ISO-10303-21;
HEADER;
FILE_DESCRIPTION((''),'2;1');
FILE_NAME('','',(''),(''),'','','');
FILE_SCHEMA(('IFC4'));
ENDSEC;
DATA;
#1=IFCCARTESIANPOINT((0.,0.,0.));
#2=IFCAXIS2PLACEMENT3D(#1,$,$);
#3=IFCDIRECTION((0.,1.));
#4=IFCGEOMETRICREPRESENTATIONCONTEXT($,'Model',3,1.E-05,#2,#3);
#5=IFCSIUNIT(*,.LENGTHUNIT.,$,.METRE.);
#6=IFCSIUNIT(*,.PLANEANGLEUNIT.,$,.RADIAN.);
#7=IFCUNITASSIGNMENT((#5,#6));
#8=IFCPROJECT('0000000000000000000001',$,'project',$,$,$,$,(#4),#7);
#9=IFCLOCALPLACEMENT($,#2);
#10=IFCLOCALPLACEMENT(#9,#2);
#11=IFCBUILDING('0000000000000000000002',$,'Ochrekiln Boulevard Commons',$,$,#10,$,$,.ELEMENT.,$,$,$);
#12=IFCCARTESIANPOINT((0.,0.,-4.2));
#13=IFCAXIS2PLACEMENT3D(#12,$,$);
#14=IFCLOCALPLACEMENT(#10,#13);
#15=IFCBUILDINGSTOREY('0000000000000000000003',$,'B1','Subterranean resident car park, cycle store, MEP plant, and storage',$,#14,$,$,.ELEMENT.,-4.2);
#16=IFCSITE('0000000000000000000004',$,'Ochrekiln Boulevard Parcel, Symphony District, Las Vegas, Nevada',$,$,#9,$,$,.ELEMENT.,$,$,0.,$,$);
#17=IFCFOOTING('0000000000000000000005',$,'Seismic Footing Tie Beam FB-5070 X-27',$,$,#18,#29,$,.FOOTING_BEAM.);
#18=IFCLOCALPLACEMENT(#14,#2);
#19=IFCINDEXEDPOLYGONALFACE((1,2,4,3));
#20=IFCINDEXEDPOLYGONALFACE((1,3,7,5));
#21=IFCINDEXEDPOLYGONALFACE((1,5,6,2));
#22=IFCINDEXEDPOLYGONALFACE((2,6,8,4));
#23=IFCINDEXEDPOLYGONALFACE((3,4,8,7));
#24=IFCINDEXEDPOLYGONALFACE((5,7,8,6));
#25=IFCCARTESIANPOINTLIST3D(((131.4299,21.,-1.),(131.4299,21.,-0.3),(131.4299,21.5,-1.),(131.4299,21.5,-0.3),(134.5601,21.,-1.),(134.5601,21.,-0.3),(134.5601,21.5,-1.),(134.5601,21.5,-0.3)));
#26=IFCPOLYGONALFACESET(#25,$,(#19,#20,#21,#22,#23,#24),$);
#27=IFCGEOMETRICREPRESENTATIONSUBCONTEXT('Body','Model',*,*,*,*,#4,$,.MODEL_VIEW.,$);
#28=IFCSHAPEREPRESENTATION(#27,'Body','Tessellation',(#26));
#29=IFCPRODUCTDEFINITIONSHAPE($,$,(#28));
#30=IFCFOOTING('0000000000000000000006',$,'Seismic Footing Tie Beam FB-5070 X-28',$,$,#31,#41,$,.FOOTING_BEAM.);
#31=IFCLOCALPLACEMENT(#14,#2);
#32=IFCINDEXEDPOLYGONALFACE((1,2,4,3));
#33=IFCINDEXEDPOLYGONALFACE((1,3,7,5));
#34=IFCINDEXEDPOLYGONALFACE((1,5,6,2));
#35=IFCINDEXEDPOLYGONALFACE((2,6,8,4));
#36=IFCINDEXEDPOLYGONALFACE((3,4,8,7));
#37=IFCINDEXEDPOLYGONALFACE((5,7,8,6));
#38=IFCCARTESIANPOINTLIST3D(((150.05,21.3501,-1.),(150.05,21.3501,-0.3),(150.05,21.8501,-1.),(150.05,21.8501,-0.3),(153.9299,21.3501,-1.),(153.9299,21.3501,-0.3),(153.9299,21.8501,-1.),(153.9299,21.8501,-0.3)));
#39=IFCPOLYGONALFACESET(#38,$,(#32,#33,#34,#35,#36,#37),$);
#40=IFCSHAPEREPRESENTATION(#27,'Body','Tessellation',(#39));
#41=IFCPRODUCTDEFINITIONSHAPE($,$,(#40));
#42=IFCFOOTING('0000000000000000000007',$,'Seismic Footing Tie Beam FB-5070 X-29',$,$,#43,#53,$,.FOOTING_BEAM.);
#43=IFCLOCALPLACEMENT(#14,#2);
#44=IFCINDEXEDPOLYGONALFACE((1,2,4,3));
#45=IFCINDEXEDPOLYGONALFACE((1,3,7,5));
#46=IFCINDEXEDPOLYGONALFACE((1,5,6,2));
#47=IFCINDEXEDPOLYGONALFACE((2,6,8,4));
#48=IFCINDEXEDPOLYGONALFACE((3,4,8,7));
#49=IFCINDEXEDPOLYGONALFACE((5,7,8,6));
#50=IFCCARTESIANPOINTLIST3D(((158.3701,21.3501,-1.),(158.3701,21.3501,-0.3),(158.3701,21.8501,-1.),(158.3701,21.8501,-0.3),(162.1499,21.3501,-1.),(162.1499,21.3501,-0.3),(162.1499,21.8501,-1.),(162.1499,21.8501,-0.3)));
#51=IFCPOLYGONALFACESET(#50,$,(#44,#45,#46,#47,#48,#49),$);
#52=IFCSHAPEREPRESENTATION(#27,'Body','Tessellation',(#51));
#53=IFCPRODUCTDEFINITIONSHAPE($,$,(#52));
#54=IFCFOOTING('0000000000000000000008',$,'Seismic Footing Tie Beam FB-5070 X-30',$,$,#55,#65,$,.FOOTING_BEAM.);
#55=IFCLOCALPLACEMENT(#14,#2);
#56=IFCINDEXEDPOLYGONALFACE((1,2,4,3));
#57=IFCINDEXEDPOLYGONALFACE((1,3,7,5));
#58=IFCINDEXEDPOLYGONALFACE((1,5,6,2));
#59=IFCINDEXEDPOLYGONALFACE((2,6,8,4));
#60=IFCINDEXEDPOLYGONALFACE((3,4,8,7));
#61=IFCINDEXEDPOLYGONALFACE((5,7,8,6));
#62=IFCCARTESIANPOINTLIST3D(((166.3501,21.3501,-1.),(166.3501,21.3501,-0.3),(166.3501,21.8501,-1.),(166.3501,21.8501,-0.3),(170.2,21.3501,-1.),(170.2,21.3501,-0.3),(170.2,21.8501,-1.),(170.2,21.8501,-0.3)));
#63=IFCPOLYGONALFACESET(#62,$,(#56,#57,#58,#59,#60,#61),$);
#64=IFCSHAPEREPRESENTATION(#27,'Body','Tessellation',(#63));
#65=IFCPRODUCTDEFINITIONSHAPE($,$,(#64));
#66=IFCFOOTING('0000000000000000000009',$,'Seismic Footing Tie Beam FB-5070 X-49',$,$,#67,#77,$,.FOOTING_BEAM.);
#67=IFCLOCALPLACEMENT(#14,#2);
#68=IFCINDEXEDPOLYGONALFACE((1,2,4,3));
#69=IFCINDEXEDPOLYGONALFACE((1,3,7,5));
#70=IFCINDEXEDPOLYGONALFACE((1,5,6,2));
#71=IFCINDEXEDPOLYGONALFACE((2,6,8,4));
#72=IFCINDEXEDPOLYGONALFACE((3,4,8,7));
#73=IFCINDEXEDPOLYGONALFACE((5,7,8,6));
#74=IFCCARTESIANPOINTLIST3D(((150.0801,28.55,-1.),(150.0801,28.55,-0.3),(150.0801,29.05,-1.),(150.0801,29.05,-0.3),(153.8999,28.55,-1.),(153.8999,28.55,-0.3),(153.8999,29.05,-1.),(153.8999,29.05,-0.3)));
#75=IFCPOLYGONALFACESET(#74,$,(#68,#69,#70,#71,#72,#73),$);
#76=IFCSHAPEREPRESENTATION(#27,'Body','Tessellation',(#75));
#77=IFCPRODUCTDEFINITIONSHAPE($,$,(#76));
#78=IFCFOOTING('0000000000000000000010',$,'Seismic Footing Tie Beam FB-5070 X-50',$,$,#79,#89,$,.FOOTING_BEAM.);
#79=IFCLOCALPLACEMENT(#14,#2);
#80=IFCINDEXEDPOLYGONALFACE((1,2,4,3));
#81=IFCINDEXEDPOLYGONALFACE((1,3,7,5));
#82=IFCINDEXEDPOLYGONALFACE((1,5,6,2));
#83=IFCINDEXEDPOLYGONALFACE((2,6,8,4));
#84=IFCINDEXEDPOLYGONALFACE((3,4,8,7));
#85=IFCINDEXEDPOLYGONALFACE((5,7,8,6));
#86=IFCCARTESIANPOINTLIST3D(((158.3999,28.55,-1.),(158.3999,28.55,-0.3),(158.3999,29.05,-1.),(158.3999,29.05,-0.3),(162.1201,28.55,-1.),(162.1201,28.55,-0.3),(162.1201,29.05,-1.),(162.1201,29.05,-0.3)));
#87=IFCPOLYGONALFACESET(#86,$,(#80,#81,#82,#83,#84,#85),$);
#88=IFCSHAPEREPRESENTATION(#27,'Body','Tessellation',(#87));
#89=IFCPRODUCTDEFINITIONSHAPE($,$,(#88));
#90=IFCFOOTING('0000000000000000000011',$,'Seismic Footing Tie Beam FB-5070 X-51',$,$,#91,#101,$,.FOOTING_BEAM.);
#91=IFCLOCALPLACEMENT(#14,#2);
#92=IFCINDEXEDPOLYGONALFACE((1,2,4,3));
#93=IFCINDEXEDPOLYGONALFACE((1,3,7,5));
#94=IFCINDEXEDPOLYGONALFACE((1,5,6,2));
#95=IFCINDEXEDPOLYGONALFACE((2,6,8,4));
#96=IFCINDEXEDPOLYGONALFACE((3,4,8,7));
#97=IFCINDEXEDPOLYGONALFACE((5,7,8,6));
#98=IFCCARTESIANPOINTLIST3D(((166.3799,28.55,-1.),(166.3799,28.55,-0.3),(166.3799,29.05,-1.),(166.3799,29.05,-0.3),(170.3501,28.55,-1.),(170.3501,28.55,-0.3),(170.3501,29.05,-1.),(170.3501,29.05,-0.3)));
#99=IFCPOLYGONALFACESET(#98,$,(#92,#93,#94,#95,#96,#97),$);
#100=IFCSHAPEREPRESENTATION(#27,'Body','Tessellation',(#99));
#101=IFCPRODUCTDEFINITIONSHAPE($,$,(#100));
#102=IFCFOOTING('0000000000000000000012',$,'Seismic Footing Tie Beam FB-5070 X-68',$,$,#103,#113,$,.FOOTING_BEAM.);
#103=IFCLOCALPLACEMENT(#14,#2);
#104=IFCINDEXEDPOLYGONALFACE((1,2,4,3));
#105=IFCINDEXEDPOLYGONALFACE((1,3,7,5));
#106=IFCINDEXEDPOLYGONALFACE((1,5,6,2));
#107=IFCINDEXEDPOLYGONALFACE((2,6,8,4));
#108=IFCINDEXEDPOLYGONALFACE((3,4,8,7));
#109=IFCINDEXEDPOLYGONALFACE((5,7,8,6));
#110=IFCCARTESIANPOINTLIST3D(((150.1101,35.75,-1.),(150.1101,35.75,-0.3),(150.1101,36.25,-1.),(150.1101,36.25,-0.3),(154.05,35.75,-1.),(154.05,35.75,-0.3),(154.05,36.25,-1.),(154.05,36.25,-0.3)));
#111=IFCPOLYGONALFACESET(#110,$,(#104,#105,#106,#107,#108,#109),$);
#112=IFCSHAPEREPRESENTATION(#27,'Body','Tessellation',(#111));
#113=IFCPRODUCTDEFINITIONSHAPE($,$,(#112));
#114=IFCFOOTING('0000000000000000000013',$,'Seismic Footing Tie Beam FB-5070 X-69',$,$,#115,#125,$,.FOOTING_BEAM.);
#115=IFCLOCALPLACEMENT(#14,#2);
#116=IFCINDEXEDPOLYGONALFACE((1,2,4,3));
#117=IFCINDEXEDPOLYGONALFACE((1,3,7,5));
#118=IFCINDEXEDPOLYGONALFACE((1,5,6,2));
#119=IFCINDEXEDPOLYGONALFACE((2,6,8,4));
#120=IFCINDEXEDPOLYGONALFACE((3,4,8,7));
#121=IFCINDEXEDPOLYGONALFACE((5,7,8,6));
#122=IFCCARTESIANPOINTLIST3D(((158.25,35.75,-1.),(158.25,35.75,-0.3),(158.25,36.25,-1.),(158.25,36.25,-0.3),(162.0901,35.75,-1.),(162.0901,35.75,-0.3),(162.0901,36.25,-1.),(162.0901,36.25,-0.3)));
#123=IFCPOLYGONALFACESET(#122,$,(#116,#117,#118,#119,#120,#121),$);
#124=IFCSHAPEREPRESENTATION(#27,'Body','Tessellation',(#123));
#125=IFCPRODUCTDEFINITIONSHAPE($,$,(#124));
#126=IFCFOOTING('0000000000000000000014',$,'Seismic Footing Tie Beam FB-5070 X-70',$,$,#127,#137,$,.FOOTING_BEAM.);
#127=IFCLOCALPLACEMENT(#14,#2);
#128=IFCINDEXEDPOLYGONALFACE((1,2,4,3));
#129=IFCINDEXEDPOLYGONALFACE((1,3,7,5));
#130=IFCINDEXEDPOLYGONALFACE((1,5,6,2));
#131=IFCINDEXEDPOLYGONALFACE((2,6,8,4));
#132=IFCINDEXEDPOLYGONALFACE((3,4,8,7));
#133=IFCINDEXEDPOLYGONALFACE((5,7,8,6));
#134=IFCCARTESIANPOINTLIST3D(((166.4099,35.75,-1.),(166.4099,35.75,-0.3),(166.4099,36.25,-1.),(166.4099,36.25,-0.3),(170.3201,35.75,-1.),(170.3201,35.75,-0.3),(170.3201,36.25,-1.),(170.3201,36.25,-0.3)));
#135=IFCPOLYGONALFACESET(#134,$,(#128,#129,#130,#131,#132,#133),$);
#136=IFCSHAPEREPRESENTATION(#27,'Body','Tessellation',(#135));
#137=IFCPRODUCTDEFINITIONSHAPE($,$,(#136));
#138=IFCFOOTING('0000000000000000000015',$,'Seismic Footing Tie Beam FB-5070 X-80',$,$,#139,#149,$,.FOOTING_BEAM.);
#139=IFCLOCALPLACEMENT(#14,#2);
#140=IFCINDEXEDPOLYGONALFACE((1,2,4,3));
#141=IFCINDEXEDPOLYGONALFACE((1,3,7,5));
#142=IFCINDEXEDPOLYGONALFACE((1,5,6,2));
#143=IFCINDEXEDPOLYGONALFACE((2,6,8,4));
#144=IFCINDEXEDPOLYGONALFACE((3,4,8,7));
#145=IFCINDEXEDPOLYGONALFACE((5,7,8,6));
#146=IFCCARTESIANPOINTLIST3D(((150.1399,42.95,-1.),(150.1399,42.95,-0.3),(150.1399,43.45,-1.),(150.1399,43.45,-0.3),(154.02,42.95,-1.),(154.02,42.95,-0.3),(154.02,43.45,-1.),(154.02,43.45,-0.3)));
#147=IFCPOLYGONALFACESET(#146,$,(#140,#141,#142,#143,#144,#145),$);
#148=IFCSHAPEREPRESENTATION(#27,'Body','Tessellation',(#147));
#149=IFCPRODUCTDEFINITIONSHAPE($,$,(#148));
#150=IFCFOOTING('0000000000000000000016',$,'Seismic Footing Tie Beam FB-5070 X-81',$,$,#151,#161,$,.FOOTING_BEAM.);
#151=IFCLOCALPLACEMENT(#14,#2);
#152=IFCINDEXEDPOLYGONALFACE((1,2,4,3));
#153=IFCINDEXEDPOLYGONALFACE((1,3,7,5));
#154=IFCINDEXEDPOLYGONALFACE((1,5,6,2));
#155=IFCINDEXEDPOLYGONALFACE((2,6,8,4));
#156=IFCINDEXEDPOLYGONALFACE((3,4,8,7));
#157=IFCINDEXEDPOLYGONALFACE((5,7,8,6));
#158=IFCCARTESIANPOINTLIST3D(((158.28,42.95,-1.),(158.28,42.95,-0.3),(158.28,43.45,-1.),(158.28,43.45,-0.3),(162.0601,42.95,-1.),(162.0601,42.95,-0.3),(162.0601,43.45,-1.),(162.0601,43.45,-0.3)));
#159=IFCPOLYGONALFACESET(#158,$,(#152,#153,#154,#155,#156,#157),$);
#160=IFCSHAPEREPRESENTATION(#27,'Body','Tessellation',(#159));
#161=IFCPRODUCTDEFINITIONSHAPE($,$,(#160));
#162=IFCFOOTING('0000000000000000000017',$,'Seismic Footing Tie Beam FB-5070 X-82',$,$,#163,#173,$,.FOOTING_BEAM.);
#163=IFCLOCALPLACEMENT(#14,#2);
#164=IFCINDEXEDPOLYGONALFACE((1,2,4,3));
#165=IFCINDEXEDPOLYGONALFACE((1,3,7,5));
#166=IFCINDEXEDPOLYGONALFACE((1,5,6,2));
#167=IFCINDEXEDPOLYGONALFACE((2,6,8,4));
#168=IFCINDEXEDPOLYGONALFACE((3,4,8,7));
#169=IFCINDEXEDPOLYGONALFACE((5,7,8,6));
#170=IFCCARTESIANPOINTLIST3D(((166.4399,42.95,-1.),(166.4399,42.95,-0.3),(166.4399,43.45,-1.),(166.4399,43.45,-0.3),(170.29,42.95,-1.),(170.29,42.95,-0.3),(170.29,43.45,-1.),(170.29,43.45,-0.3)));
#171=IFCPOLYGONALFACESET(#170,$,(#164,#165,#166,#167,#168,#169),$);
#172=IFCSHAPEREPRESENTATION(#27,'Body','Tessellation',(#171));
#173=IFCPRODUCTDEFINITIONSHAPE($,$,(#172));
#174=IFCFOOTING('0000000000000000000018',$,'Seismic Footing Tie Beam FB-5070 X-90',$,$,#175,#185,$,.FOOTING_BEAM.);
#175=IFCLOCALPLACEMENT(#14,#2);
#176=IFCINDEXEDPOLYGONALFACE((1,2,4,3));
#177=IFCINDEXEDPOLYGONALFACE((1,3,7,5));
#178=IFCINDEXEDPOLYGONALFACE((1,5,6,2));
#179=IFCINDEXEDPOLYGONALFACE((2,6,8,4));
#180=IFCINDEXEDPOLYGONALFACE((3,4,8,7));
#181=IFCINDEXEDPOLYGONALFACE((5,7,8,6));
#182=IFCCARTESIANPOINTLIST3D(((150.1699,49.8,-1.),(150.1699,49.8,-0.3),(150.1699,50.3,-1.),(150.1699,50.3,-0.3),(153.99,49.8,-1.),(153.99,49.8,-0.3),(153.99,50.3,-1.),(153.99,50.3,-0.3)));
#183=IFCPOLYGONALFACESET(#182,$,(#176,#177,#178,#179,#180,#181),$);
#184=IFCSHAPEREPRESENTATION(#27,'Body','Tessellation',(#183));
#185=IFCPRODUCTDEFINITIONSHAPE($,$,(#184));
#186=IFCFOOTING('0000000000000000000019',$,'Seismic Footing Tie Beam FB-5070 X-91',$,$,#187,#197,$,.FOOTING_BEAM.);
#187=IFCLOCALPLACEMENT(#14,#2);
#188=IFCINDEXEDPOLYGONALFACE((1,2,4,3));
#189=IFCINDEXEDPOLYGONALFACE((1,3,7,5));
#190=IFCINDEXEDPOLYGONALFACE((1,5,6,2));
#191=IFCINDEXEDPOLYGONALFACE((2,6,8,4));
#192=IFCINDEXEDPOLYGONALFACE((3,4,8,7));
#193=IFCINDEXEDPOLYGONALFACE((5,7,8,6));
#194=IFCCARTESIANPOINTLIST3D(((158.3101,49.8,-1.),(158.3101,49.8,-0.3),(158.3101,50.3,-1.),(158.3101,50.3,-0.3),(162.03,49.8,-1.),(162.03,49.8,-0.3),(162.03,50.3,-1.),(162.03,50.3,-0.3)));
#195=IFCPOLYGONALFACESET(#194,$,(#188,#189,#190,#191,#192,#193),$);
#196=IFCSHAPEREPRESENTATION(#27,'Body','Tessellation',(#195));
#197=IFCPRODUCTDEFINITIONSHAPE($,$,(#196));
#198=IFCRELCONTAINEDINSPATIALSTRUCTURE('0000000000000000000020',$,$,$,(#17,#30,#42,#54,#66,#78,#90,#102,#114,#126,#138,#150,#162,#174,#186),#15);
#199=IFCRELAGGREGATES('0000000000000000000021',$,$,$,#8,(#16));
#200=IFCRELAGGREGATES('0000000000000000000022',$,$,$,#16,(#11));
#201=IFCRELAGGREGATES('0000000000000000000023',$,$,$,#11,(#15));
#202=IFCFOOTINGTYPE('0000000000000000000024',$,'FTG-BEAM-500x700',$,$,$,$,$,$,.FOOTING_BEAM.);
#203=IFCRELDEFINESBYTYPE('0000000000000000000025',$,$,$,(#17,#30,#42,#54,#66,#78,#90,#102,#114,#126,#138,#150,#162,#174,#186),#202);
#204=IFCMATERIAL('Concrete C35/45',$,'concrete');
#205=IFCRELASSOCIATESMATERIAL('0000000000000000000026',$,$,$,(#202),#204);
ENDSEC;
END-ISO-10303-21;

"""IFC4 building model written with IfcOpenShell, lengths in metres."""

from ifc_helpers import new_model, si_unit, direction, frame, origin, place, context, subcontext, project, spatial, polyline, outline, extrude, material, type_object, element, save


model = new_model("IFC4")

# Units and contexts
model_context = context("Model", 3, precision=1e-05, world=origin(), true_north=direction((0.0, 1.0)))
body_context = subcontext(model_context, "Body", "Model", "MODEL_VIEW")
ifc_project = project(units=[si_unit("LENGTHUNIT", "METRE"), si_unit("PLANEANGLEUNIT", "RADIAN")], contexts=[model_context])

# Site, building, storey
site_placement = place(None, origin())
site = spatial("IfcSite", under=ifc_project, at=site_placement, Name="Ochrekiln Boulevard Parcel, Symphony District, Las Vegas, Nevada", CompositionType="ELEMENT", RefElevation=0.0)
building_placement = place(site_placement, origin())
building = spatial("IfcBuilding", under=site, at=building_placement, Name="Ochrekiln Boulevard Commons", CompositionType="ELEMENT")
storey_placement = place(building_placement, frame((0.0, 0.0, -4.2)))
storey = spatial("IfcBuildingStorey", under=building, at=storey_placement, Name="B1", Description="Subterranean resident car park, cycle store, MEP plant, and storage", CompositionType="ELEMENT", Elevation=-4.2)

# Footings
ifc_material = material(Name="Concrete C35/45", Category="concrete")
footing_type = type_object("IfcFootingType", Name="FTG-BEAM-500x700", PredefinedType="FOOTING_BEAM", material=ifc_material)
footing_1_placement = place(storey_placement, frame((0.0, 0.0, -1.0)))
element("IfcFooting", 1, at=footing_1_placement, inside=storey, type_object=footing_type, Name="Seismic Footing Tie Beam FB-5070 X-27", PredefinedType="FOOTING_BEAM", context=body_context, shape_type="SweptSolid", body=[
    extrude(outline(polyline([(131.4299, 21.0), (134.5601, 21.0), (134.5601, 21.5), (131.4299, 21.5), (131.4299, 21.0)])), origin(), (0.0, 0.0, 1.0), 0.7),
])
footing_2_placement = place(storey_placement, frame((0.0, 0.0, -1.0)))
element("IfcFooting", 2, at=footing_2_placement, inside=storey, type_object=footing_type, Name="Seismic Footing Tie Beam FB-5070 X-28", PredefinedType="FOOTING_BEAM", context=body_context, shape_type="SweptSolid", body=[
    extrude(outline(polyline([(150.05, 21.3501), (153.9299, 21.3501), (153.9299, 21.8501), (150.05, 21.8501), (150.05, 21.3501)])), origin(), (0.0, 0.0, 1.0), 0.7),
])
footing_3_placement = place(storey_placement, frame((0.0, 0.0, -1.0)))
element("IfcFooting", 3, at=footing_3_placement, inside=storey, type_object=footing_type, Name="Seismic Footing Tie Beam FB-5070 X-29", PredefinedType="FOOTING_BEAM", context=body_context, shape_type="SweptSolid", body=[
    extrude(outline(polyline([(158.3701, 21.3501), (162.1499, 21.3501), (162.1499, 21.8501), (158.3701, 21.8501), (158.3701, 21.3501)])), origin(), (0.0, 0.0, 1.0), 0.7),
])
footing_4_placement = place(storey_placement, frame((0.0, 0.0, -1.0)))
element("IfcFooting", 4, at=footing_4_placement, inside=storey, type_object=footing_type, Name="Seismic Footing Tie Beam FB-5070 X-30", PredefinedType="FOOTING_BEAM", context=body_context, shape_type="SweptSolid", body=[
    extrude(outline(polyline([(166.3501, 21.3501), (170.2, 21.3501), (170.2, 21.8501), (166.3501, 21.8501), (166.3501, 21.3501)])), origin(), (0.0, 0.0, 1.0), 0.7),
])
footing_5_placement = place(storey_placement, frame((0.0, 0.0, -1.0)))
element("IfcFooting", 5, at=footing_5_placement, inside=storey, type_object=footing_type, Name="Seismic Footing Tie Beam FB-5070 X-49", PredefinedType="FOOTING_BEAM", context=body_context, shape_type="SweptSolid", body=[
    extrude(outline(polyline([(150.0801, 28.55), (153.8999, 28.55), (153.8999, 29.05), (150.0801, 29.05), (150.0801, 28.55)])), origin(), (0.0, 0.0, 1.0), 0.7),
])
footing_6_placement = place(storey_placement, frame((0.0, 0.0, -1.0)))
element("IfcFooting", 6, at=footing_6_placement, inside=storey, type_object=footing_type, Name="Seismic Footing Tie Beam FB-5070 X-50", PredefinedType="FOOTING_BEAM", context=body_context, shape_type="SweptSolid", body=[
    extrude(outline(polyline([(158.3999, 28.55), (162.1201, 28.55), (162.1201, 29.05), (158.3999, 29.05), (158.3999, 28.55)])), origin(), (0.0, 0.0, 1.0), 0.7),
])
footing_7_placement = place(storey_placement, frame((0.0, 0.0, -1.0)))
element("IfcFooting", 7, at=footing_7_placement, inside=storey, type_object=footing_type, Name="Seismic Footing Tie Beam FB-5070 X-51", PredefinedType="FOOTING_BEAM", context=body_context, shape_type="SweptSolid", body=[
    extrude(outline(polyline([(166.3799, 28.55), (170.3501, 28.55), (170.3501, 29.05), (166.3799, 29.05), (166.3799, 28.55)])), origin(), (0.0, 0.0, 1.0), 0.7),
])
footing_8_placement = place(storey_placement, frame((0.0, 0.0, -1.0)))
element("IfcFooting", 8, at=footing_8_placement, inside=storey, type_object=footing_type, Name="Seismic Footing Tie Beam FB-5070 X-68", PredefinedType="FOOTING_BEAM", context=body_context, shape_type="SweptSolid", body=[
    extrude(outline(polyline([(150.1101, 35.75), (154.05, 35.75), (154.05, 36.25), (150.1101, 36.25), (150.1101, 35.75)])), origin(), (0.0, 0.0, 1.0), 0.7),
])
footing_9_placement = place(storey_placement, frame((0.0, 0.0, -1.0)))
element("IfcFooting", 9, at=footing_9_placement, inside=storey, type_object=footing_type, Name="Seismic Footing Tie Beam FB-5070 X-69", PredefinedType="FOOTING_BEAM", context=body_context, shape_type="SweptSolid", body=[
    extrude(outline(polyline([(158.25, 35.75), (162.0901, 35.75), (162.0901, 36.25), (158.25, 36.25), (158.25, 35.75)])), origin(), (0.0, 0.0, 1.0), 0.7),
])
footing_10_placement = place(storey_placement, frame((0.0, 0.0, -1.0)))
element("IfcFooting", 10, at=footing_10_placement, inside=storey, type_object=footing_type, Name="Seismic Footing Tie Beam FB-5070 X-70", PredefinedType="FOOTING_BEAM", context=body_context, shape_type="SweptSolid", body=[
    extrude(outline(polyline([(166.4099, 35.75), (170.3201, 35.75), (170.3201, 36.25), (166.4099, 36.25), (166.4099, 35.75)])), origin(), (0.0, 0.0, 1.0), 0.7),
])
footing_11_placement = place(storey_placement, frame((0.0, 0.0, -1.0)))
element("IfcFooting", 11, at=footing_11_placement, inside=storey, type_object=footing_type, Name="Seismic Footing Tie Beam FB-5070 X-80", PredefinedType="FOOTING_BEAM", context=body_context, shape_type="SweptSolid", body=[
    extrude(outline(polyline([(150.1399, 42.95), (154.02, 42.95), (154.02, 43.45), (150.1399, 43.45), (150.1399, 42.95)])), origin(), (0.0, 0.0, 1.0), 0.7),
])
footing_12_placement = place(storey_placement, frame((0.0, 0.0, -1.0)))
element("IfcFooting", 12, at=footing_12_placement, inside=storey, type_object=footing_type, Name="Seismic Footing Tie Beam FB-5070 X-81", PredefinedType="FOOTING_BEAM", context=body_context, shape_type="SweptSolid", body=[
    extrude(outline(polyline([(158.28, 42.95), (162.0601, 42.95), (162.0601, 43.45), (158.28, 43.45), (158.28, 42.95)])), origin(), (0.0, 0.0, 1.0), 0.7),
])
footing_13_placement = place(storey_placement, frame((0.0, 0.0, -1.0)))
element("IfcFooting", 13, at=footing_13_placement, inside=storey, type_object=footing_type, Name="Seismic Footing Tie Beam FB-5070 X-82", PredefinedType="FOOTING_BEAM", context=body_context, shape_type="SweptSolid", body=[
    extrude(outline(polyline([(166.4399, 42.95), (170.29, 42.95), (170.29, 43.45), (166.4399, 43.45), (166.4399, 42.95)])), origin(), (0.0, 0.0, 1.0), 0.7),
])
footing_14_placement = place(storey_placement, frame((0.0, 0.0, -1.0)))
element("IfcFooting", 14, at=footing_14_placement, inside=storey, type_object=footing_type, Name="Seismic Footing Tie Beam FB-5070 X-90", PredefinedType="FOOTING_BEAM", context=body_context, shape_type="SweptSolid", body=[
    extrude(outline(polyline([(150.1699, 49.8), (153.99, 49.8), (153.99, 50.3), (150.1699, 50.3), (150.1699, 49.8)])), origin(), (0.0, 0.0, 1.0), 0.7),
])
footing_15_placement = place(storey_placement, frame((0.0, 0.0, -1.0)))
element("IfcFooting", 15, at=footing_15_placement, inside=storey, type_object=footing_type, Name="Seismic Footing Tie Beam FB-5070 X-91", PredefinedType="FOOTING_BEAM", context=body_context, shape_type="SweptSolid", body=[
    extrude(outline(polyline([(158.3101, 49.8), (162.03, 49.8), (162.03, 50.3), (158.3101, 50.3), (158.3101, 49.8)])), origin(), (0.0, 0.0, 1.0), 0.7),
])

save(model, "model.ifc")
